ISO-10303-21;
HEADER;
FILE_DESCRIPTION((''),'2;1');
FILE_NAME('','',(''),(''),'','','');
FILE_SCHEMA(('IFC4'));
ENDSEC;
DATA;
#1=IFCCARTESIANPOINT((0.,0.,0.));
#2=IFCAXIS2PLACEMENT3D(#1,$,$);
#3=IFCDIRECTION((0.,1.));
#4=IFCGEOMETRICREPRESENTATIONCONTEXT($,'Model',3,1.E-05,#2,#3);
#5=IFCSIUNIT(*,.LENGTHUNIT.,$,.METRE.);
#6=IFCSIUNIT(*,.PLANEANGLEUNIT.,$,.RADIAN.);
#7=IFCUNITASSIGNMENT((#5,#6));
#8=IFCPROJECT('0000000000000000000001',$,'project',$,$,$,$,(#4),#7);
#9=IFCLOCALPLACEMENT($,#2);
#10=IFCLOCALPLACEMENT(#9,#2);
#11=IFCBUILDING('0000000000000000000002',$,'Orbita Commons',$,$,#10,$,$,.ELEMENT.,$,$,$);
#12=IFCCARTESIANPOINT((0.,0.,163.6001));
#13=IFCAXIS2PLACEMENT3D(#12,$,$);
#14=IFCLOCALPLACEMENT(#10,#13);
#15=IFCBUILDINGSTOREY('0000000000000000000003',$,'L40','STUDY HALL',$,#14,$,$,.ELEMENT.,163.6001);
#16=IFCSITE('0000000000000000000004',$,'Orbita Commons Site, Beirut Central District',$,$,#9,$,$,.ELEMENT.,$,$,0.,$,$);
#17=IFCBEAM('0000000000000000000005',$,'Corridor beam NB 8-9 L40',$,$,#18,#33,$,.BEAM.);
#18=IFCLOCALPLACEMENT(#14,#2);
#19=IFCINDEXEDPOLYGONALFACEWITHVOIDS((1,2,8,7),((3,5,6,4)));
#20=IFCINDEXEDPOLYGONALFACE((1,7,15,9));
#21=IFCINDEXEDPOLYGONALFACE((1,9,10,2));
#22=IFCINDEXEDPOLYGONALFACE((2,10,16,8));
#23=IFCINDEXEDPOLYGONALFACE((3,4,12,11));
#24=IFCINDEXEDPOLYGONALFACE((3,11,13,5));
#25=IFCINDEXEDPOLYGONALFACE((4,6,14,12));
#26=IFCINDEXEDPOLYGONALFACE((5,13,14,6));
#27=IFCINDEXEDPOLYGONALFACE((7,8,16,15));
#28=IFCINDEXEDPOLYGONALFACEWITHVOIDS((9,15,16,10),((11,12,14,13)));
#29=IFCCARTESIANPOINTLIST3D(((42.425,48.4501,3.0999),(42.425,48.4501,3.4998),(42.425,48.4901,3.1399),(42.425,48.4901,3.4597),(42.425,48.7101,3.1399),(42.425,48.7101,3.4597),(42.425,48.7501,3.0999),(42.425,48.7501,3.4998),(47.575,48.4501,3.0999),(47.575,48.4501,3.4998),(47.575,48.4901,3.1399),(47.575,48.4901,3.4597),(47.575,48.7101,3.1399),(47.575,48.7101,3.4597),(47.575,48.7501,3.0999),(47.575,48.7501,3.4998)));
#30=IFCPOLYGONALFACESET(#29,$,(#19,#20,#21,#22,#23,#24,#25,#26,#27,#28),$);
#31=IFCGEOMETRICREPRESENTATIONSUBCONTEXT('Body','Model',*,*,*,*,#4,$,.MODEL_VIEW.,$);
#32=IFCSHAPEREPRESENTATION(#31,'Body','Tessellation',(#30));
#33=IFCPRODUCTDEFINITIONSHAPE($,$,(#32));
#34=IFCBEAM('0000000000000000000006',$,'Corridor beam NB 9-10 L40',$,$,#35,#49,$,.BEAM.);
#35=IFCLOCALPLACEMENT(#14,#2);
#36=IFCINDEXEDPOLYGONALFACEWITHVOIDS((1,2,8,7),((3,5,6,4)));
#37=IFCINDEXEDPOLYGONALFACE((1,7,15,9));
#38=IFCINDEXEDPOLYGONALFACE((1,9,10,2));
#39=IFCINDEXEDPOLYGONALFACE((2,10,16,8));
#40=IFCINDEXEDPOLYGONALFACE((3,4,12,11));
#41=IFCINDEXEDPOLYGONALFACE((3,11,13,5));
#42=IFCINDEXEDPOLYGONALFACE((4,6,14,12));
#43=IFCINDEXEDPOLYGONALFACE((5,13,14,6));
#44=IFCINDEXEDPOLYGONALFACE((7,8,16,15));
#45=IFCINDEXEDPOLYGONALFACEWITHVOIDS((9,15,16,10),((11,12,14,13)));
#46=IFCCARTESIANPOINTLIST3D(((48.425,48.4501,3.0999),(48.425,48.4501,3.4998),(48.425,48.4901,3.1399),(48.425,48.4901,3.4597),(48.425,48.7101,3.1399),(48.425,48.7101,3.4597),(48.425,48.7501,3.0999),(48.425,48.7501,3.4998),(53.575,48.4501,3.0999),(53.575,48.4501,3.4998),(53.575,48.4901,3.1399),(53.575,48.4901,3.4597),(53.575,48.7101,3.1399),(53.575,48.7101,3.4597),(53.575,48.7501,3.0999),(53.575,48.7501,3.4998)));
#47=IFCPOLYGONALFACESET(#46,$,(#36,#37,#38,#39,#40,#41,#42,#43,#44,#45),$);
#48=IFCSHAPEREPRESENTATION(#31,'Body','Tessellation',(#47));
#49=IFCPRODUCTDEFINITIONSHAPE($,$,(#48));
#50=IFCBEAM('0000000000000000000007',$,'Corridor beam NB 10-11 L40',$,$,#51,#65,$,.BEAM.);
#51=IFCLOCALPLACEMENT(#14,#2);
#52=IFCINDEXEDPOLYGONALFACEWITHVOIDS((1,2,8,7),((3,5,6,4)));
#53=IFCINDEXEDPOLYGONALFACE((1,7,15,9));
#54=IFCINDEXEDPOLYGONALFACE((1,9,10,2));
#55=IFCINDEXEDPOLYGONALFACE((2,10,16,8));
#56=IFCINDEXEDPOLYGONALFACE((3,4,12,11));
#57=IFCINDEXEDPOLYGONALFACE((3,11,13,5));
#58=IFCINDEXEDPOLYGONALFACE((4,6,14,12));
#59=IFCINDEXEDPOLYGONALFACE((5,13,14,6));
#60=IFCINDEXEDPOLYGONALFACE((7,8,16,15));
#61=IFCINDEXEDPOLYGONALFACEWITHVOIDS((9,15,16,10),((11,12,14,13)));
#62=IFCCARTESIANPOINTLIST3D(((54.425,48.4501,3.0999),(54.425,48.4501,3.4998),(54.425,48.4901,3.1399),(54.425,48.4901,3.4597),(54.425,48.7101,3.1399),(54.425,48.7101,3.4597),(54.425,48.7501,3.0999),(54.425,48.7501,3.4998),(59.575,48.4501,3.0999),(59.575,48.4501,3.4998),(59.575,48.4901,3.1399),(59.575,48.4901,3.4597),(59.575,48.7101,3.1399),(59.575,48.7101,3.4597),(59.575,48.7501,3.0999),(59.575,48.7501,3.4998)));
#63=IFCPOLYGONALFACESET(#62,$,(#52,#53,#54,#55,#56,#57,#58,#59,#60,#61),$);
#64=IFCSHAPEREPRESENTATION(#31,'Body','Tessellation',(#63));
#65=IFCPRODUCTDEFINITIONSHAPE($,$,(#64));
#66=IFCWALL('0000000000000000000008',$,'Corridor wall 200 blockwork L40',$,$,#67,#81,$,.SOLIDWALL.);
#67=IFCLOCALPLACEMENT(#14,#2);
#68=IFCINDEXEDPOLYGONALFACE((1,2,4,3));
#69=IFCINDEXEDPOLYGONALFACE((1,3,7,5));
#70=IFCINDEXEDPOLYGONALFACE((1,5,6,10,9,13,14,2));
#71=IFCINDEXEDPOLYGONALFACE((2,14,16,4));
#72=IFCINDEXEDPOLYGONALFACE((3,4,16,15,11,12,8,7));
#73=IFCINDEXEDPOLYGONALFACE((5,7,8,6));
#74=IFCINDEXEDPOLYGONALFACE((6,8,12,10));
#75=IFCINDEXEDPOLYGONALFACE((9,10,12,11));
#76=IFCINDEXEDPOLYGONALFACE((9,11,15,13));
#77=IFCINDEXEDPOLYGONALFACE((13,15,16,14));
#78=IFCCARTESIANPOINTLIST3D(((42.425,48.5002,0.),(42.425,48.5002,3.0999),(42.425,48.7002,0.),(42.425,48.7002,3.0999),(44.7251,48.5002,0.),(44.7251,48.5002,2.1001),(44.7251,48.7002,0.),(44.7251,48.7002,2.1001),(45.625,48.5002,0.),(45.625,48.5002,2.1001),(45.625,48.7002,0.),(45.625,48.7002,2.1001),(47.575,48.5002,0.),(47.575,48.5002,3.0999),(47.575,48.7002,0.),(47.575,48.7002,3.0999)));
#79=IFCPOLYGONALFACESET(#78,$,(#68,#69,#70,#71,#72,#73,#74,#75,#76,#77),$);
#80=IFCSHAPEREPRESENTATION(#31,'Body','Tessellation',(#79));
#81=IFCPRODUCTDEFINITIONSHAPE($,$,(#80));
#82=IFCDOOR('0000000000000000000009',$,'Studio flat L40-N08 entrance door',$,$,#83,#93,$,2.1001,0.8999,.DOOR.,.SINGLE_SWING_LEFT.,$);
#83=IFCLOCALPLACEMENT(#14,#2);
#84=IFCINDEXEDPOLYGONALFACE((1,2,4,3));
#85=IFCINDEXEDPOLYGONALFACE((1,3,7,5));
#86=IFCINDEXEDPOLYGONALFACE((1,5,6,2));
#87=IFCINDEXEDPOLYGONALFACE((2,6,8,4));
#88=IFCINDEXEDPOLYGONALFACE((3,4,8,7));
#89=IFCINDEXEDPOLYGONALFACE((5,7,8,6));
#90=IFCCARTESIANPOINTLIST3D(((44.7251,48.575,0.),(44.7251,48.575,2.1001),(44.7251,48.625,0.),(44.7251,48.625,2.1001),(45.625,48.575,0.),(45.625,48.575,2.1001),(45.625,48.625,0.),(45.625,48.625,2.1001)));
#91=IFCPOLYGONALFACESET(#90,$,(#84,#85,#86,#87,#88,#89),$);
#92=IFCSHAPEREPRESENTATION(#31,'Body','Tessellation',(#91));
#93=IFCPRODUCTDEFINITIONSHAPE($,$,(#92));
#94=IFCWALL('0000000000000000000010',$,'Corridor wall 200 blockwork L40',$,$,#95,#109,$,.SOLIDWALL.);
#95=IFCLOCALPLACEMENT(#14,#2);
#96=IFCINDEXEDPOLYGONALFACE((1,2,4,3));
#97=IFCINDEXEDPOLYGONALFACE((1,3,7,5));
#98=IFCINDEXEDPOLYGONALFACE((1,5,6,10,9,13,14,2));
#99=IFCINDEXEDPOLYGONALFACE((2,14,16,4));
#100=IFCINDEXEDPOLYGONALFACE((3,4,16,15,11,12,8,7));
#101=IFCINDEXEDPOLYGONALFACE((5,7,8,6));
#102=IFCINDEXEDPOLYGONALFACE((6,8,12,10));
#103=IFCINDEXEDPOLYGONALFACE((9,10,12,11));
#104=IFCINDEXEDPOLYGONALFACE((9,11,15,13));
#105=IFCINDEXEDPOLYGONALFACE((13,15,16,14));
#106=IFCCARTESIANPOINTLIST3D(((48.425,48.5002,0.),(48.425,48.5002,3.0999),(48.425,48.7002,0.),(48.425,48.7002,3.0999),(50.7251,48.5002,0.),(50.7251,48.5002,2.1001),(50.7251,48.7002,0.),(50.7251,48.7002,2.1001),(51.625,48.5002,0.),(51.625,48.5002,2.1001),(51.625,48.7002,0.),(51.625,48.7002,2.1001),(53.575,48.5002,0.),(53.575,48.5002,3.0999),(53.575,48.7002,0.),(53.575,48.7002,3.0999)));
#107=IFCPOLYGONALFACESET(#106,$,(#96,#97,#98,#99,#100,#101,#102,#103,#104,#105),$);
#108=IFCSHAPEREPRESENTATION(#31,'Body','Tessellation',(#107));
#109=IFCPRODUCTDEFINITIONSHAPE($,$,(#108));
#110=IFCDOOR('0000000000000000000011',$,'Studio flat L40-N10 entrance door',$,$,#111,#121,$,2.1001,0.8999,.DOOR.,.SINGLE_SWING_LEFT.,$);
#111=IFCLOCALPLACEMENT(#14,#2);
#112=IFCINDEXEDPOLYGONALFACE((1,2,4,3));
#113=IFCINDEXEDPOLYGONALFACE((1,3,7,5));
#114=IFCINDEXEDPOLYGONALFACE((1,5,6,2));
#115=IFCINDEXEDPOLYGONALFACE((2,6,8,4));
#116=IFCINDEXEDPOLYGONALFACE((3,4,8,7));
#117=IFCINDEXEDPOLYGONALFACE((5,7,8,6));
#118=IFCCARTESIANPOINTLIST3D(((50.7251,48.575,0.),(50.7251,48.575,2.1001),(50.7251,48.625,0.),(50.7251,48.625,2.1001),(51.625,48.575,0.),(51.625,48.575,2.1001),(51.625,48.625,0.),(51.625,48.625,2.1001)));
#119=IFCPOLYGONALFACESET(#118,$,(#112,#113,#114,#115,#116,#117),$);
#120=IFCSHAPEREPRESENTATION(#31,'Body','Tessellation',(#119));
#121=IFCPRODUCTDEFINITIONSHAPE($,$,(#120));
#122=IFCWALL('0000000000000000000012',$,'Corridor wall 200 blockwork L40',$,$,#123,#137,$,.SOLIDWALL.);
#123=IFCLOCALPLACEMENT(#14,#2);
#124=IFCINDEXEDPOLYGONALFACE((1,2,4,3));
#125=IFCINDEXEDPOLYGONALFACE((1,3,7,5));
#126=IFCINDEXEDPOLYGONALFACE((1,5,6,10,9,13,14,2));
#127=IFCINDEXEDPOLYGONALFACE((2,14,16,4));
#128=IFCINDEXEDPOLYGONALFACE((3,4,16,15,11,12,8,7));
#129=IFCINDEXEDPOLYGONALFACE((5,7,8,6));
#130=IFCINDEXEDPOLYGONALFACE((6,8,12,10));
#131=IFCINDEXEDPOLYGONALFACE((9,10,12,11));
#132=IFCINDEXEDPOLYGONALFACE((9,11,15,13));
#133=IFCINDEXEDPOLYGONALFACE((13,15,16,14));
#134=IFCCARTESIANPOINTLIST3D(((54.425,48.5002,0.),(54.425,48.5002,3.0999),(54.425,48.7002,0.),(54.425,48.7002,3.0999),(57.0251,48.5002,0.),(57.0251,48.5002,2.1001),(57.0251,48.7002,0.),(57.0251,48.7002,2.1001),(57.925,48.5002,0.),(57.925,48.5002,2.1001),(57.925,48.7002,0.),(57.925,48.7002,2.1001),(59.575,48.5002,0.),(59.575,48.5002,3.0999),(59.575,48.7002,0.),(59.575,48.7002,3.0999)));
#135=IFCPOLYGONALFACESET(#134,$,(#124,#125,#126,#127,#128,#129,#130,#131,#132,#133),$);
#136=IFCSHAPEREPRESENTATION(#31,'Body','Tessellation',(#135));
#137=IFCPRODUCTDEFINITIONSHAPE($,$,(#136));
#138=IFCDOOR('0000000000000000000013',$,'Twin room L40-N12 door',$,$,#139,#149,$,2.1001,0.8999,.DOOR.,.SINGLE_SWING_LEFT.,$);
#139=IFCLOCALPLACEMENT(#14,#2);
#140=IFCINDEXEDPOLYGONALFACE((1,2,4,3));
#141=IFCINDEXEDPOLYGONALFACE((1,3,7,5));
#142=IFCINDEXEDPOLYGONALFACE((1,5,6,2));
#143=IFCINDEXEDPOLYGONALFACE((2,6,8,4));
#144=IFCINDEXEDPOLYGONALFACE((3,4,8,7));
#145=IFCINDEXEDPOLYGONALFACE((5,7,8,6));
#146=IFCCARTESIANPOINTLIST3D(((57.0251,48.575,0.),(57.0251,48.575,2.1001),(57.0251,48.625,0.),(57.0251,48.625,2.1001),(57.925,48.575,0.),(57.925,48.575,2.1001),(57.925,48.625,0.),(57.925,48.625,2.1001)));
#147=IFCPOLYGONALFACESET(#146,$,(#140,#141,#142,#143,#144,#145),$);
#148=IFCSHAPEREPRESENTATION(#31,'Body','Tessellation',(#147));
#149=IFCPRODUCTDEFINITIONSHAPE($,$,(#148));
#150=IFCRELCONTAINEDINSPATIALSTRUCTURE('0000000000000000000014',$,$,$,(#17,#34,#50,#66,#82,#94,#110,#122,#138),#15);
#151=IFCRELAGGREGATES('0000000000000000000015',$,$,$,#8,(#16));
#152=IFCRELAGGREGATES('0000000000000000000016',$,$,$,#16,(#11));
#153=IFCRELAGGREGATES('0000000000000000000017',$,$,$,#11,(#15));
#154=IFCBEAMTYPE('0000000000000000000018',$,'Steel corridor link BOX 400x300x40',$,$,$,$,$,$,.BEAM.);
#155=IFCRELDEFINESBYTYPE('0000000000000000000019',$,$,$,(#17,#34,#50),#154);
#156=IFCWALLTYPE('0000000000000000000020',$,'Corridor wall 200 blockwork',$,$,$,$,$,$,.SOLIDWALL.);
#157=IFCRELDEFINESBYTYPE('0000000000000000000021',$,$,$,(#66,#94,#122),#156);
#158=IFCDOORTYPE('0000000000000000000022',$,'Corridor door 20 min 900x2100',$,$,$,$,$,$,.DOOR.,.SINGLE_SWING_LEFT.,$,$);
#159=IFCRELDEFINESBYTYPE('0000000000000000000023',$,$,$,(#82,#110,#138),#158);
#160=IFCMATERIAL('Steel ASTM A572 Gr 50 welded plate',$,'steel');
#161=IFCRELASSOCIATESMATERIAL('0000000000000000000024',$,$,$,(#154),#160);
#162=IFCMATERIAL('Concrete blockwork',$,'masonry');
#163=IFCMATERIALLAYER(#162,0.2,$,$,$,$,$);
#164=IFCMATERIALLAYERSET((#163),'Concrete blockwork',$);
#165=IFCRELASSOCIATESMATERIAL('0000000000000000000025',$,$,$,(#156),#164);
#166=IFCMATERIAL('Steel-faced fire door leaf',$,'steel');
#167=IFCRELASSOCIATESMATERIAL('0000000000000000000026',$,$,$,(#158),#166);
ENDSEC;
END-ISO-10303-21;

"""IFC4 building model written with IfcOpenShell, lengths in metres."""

from ifc_helpers import new_model, si_unit, direction, frame, frame_2d, origin, origin_2d, place, context, subcontext, project, spatial, polyline, rectangle, hollow_rectangle, outline, extrude, material, layer, layer_set, material_profile, profile_set, type_object, element, fill, save


model = new_model("IFC4")

# Units and contexts
model_context = context("Model", 3, precision=1e-05, world=origin(), true_north=direction((0.0, 1.0)))
body_context = subcontext(model_context, "Body", "Model", "MODEL_VIEW")
ifc_project = project(units=[si_unit("LENGTHUNIT", "METRE"), si_unit("PLANEANGLEUNIT", "RADIAN")], contexts=[model_context])

# Site, building, storey
site_placement = place(None, origin())
site = spatial("IfcSite", under=ifc_project, at=site_placement, Name="Orbita Commons Site, Beirut Central District", CompositionType="ELEMENT", RefElevation=0.0)
building_placement = place(site_placement, origin())
building = spatial("IfcBuilding", under=site, at=building_placement, Name="Orbita Commons", CompositionType="ELEMENT")
storey_placement = place(building_placement, frame((0.0, 0.0, 163.6001)))
storey = spatial("IfcBuildingStorey", under=building, at=storey_placement, Name="L40", Description="STUDY HALL", CompositionType="ELEMENT", Elevation=163.6001)

# Beams
ifc_material_1 = material(Name="Steel ASTM A572 Gr 50 welded plate", Category="steel")
ifc_material_profile = material_profile(ifc_material_1, hollow_rectangle(XDim=0.3, YDim=0.3999, WallThickness=0.04, at=origin_2d()), Name="BOX 400x300x40")
ifc_profile_set = profile_set([ifc_material_profile], Name="Steel ASTM A572 Gr 50 welded plate")
beam_type = type_object("IfcBeamType", Name="Steel corridor link BOX 400x300x40", PredefinedType="BEAM", material=ifc_profile_set)
for number, where, z_axis, x_axis, name in (
    (1, (42.425, 48.6001, 3.2998), (1.0, 0.0, 0.0), (0.0, 1.0, 0.0), "Corridor beam NB 8-9 L40"),
    (2, (48.425, 48.6001, 3.2998), (1.0, 0.0, 0.0), (0.0, 1.0, 0.0), "Corridor beam NB 9-10 L40"),
    (3, (54.425, 48.6001, 3.2998), (1.0, 0.0, 0.0), (0.0, 1.0, 0.0), "Corridor beam NB 10-11 L40"),
):
    element("IfcBeam", number, at=place(storey_placement, frame(where, z_axis=z_axis, x_axis=x_axis)), inside=storey, type_object=beam_type, Name=name, PredefinedType="BEAM", context=body_context, shape_type="SweptSolid", body=[
        extrude(hollow_rectangle(XDim=0.3, YDim=0.3999, WallThickness=0.04, at=origin_2d()), origin(), (0.0, 0.0, 1.0), 5.1499),
    ])

# Walls, openings, doors
ifc_material_2 = material(Name="Concrete blockwork", Category="masonry")
ifc_layer_1 = layer(ifc_material_2, 0.2)
ifc_layer_set_1 = layer_set([ifc_layer_1], Name="Concrete blockwork")
wall_type_1 = type_object("IfcWallType", Name="Corridor wall 200 blockwork", PredefinedType="SOLIDWALL", material=ifc_layer_set_1)
wall_1_placement = place(storey_placement, frame((42.425, 48.6001, 0.0), z_axis=(0.0, 0.0, 1.0), x_axis=(1.0, 0.0, 0.0)))
wall_1 = element("IfcWall", 4, at=wall_1_placement, inside=storey, type_object=wall_type_1, Name="Corridor wall 200 blockwork L40", PredefinedType="SOLIDWALL", context=body_context, shape_type="SweptSolid", body=[
    extrude(outline(polyline([(0.0, 0.0), (5.1499, 0.0), (5.1499, 3.0999), (0.0, 3.0999), (0.0, 0.0)])), frame((0.0, 0.1001, 0.0), z_axis=(0.0, -1.0, 0.0), x_axis=(1.0, 0.0, 0.0)), (0.0, 0.0, 1.0), 0.2),
])
opening_1_placement = place(wall_1_placement, frame((2.3, 0.0, 0.0)))
opening_1 = element("IfcOpeningElement", 5, at=opening_1_placement, cuts=wall_1, PredefinedType="OPENING", context=body_context, shape_type="SweptSolid", body=[
    extrude(rectangle(XDim=0.8999, YDim=2.1001, at=frame_2d((0.45, 1.05))), frame((0.0, 0.1099, 0.0), z_axis=(0.0, -1.0, 0.0), x_axis=(1.0, 0.0, 0.0)), (0.0, 0.0, 1.0), 0.22),
])
ifc_material_3 = material(Name="Steel-faced fire door leaf", Category="steel")
door_type_1 = type_object("IfcDoorType", Name="Corridor door 20 min 900x2100", OperationType="SINGLE_SWING_LEFT", PredefinedType="DOOR", material=ifc_material_3)
door_1_placement = place(opening_1_placement, origin())
door_1 = element("IfcDoor", 6, at=door_1_placement, inside=storey, type_object=door_type_1, Name="Studio flat L40-N08 entrance door", OperationType="SINGLE_SWING_LEFT", OverallHeight=2.1001, OverallWidth=0.8999, PredefinedType="DOOR", context=body_context, shape_type="SweptSolid", body=[
    extrude(rectangle(XDim=0.8999, YDim=2.1001, at=frame_2d((0.45, 1.05))), frame((0.0, 0.0249, 0.0), z_axis=(0.0, -1.0, 0.0), x_axis=(1.0, 0.0, 0.0)), (0.0, 0.0, 1.0), 0.05),
])
fill(opening_1, door_1)
wall_2_placement = place(storey_placement, frame((48.425, 48.6001, 0.0), z_axis=(0.0, 0.0, 1.0), x_axis=(1.0, 0.0, 0.0)))
wall_2 = element("IfcWall", 7, at=wall_2_placement, inside=storey, type_object=wall_type_1, Name="Corridor wall 200 blockwork L40", PredefinedType="SOLIDWALL", context=body_context, shape_type="SweptSolid", body=[
    extrude(outline(polyline([(0.0, 0.0), (5.1499, 0.0), (5.1499, 3.0999), (0.0, 3.0999), (0.0, 0.0)])), frame((0.0, 0.1001, 0.0), z_axis=(0.0, -1.0, 0.0), x_axis=(1.0, 0.0, 0.0)), (0.0, 0.0, 1.0), 0.2),
])
opening_2_placement = place(wall_2_placement, frame((2.3, 0.0, 0.0)))
opening_2 = element("IfcOpeningElement", 8, at=opening_2_placement, cuts=wall_2, PredefinedType="OPENING", context=body_context, shape_type="SweptSolid", body=[
    extrude(rectangle(XDim=0.8999, YDim=2.1001, at=frame_2d((0.45, 1.05))), frame((0.0, 0.1099, 0.0), z_axis=(0.0, -1.0, 0.0), x_axis=(1.0, 0.0, 0.0)), (0.0, 0.0, 1.0), 0.22),
])
door_2_placement = place(opening_2_placement, origin())
door_2 = element("IfcDoor", 9, at=door_2_placement, inside=storey, type_object=door_type_1, Name="Studio flat L40-N10 entrance door", OperationType="SINGLE_SWING_LEFT", OverallHeight=2.1001, OverallWidth=0.8999, PredefinedType="DOOR", context=body_context, shape_type="SweptSolid", body=[
    extrude(rectangle(XDim=0.8999, YDim=2.1001, at=frame_2d((0.45, 1.05))), frame((0.0, 0.0249, 0.0), z_axis=(0.0, -1.0, 0.0), x_axis=(1.0, 0.0, 0.0)), (0.0, 0.0, 1.0), 0.05),
])
fill(opening_2, door_2)
wall_3_placement = place(storey_placement, frame((54.425, 48.6001, 0.0), z_axis=(0.0, 0.0, 1.0), x_axis=(1.0, 0.0, 0.0)))
wall_3 = element("IfcWall", 10, at=wall_3_placement, inside=storey, type_object=wall_type_1, Name="Corridor wall 200 blockwork L40", PredefinedType="SOLIDWALL", context=body_context, shape_type="SweptSolid", body=[
    extrude(outline(polyline([(0.0, 0.0), (5.1499, 0.0), (5.1499, 3.0999), (0.0, 3.0999), (0.0, 0.0)])), frame((0.0, 0.1001, 0.0), z_axis=(0.0, -1.0, 0.0), x_axis=(1.0, 0.0, 0.0)), (0.0, 0.0, 1.0), 0.2),
])
opening_3_placement = place(wall_3_placement, frame((2.6001, 0.0, 0.0)))
opening_3 = element("IfcOpeningElement", 11, at=opening_3_placement, cuts=wall_3, PredefinedType="OPENING", context=body_context, shape_type="SweptSolid", body=[
    extrude(rectangle(XDim=0.8999, YDim=2.1001, at=frame_2d((0.45, 1.05))), frame((0.0, 0.1099, 0.0), z_axis=(0.0, -1.0, 0.0), x_axis=(1.0, 0.0, 0.0)), (0.0, 0.0, 1.0), 0.22),
])
door_3_placement = place(opening_3_placement, origin())
door_3 = element("IfcDoor", 12, at=door_3_placement, inside=storey, type_object=door_type_1, Name="Twin room L40-N12 door", OperationType="SINGLE_SWING_LEFT", OverallHeight=2.1001, OverallWidth=0.8999, PredefinedType="DOOR", context=body_context, shape_type="SweptSolid", body=[
    extrude(rectangle(XDim=0.8999, YDim=2.1001, at=frame_2d((0.45, 1.05))), frame((0.0, 0.0249, 0.0), z_axis=(0.0, -1.0, 0.0), x_axis=(1.0, 0.0, 0.0)), (0.0, 0.0, 1.0), 0.05),
])
fill(opening_3, door_3)

save(model, "model.ifc")
